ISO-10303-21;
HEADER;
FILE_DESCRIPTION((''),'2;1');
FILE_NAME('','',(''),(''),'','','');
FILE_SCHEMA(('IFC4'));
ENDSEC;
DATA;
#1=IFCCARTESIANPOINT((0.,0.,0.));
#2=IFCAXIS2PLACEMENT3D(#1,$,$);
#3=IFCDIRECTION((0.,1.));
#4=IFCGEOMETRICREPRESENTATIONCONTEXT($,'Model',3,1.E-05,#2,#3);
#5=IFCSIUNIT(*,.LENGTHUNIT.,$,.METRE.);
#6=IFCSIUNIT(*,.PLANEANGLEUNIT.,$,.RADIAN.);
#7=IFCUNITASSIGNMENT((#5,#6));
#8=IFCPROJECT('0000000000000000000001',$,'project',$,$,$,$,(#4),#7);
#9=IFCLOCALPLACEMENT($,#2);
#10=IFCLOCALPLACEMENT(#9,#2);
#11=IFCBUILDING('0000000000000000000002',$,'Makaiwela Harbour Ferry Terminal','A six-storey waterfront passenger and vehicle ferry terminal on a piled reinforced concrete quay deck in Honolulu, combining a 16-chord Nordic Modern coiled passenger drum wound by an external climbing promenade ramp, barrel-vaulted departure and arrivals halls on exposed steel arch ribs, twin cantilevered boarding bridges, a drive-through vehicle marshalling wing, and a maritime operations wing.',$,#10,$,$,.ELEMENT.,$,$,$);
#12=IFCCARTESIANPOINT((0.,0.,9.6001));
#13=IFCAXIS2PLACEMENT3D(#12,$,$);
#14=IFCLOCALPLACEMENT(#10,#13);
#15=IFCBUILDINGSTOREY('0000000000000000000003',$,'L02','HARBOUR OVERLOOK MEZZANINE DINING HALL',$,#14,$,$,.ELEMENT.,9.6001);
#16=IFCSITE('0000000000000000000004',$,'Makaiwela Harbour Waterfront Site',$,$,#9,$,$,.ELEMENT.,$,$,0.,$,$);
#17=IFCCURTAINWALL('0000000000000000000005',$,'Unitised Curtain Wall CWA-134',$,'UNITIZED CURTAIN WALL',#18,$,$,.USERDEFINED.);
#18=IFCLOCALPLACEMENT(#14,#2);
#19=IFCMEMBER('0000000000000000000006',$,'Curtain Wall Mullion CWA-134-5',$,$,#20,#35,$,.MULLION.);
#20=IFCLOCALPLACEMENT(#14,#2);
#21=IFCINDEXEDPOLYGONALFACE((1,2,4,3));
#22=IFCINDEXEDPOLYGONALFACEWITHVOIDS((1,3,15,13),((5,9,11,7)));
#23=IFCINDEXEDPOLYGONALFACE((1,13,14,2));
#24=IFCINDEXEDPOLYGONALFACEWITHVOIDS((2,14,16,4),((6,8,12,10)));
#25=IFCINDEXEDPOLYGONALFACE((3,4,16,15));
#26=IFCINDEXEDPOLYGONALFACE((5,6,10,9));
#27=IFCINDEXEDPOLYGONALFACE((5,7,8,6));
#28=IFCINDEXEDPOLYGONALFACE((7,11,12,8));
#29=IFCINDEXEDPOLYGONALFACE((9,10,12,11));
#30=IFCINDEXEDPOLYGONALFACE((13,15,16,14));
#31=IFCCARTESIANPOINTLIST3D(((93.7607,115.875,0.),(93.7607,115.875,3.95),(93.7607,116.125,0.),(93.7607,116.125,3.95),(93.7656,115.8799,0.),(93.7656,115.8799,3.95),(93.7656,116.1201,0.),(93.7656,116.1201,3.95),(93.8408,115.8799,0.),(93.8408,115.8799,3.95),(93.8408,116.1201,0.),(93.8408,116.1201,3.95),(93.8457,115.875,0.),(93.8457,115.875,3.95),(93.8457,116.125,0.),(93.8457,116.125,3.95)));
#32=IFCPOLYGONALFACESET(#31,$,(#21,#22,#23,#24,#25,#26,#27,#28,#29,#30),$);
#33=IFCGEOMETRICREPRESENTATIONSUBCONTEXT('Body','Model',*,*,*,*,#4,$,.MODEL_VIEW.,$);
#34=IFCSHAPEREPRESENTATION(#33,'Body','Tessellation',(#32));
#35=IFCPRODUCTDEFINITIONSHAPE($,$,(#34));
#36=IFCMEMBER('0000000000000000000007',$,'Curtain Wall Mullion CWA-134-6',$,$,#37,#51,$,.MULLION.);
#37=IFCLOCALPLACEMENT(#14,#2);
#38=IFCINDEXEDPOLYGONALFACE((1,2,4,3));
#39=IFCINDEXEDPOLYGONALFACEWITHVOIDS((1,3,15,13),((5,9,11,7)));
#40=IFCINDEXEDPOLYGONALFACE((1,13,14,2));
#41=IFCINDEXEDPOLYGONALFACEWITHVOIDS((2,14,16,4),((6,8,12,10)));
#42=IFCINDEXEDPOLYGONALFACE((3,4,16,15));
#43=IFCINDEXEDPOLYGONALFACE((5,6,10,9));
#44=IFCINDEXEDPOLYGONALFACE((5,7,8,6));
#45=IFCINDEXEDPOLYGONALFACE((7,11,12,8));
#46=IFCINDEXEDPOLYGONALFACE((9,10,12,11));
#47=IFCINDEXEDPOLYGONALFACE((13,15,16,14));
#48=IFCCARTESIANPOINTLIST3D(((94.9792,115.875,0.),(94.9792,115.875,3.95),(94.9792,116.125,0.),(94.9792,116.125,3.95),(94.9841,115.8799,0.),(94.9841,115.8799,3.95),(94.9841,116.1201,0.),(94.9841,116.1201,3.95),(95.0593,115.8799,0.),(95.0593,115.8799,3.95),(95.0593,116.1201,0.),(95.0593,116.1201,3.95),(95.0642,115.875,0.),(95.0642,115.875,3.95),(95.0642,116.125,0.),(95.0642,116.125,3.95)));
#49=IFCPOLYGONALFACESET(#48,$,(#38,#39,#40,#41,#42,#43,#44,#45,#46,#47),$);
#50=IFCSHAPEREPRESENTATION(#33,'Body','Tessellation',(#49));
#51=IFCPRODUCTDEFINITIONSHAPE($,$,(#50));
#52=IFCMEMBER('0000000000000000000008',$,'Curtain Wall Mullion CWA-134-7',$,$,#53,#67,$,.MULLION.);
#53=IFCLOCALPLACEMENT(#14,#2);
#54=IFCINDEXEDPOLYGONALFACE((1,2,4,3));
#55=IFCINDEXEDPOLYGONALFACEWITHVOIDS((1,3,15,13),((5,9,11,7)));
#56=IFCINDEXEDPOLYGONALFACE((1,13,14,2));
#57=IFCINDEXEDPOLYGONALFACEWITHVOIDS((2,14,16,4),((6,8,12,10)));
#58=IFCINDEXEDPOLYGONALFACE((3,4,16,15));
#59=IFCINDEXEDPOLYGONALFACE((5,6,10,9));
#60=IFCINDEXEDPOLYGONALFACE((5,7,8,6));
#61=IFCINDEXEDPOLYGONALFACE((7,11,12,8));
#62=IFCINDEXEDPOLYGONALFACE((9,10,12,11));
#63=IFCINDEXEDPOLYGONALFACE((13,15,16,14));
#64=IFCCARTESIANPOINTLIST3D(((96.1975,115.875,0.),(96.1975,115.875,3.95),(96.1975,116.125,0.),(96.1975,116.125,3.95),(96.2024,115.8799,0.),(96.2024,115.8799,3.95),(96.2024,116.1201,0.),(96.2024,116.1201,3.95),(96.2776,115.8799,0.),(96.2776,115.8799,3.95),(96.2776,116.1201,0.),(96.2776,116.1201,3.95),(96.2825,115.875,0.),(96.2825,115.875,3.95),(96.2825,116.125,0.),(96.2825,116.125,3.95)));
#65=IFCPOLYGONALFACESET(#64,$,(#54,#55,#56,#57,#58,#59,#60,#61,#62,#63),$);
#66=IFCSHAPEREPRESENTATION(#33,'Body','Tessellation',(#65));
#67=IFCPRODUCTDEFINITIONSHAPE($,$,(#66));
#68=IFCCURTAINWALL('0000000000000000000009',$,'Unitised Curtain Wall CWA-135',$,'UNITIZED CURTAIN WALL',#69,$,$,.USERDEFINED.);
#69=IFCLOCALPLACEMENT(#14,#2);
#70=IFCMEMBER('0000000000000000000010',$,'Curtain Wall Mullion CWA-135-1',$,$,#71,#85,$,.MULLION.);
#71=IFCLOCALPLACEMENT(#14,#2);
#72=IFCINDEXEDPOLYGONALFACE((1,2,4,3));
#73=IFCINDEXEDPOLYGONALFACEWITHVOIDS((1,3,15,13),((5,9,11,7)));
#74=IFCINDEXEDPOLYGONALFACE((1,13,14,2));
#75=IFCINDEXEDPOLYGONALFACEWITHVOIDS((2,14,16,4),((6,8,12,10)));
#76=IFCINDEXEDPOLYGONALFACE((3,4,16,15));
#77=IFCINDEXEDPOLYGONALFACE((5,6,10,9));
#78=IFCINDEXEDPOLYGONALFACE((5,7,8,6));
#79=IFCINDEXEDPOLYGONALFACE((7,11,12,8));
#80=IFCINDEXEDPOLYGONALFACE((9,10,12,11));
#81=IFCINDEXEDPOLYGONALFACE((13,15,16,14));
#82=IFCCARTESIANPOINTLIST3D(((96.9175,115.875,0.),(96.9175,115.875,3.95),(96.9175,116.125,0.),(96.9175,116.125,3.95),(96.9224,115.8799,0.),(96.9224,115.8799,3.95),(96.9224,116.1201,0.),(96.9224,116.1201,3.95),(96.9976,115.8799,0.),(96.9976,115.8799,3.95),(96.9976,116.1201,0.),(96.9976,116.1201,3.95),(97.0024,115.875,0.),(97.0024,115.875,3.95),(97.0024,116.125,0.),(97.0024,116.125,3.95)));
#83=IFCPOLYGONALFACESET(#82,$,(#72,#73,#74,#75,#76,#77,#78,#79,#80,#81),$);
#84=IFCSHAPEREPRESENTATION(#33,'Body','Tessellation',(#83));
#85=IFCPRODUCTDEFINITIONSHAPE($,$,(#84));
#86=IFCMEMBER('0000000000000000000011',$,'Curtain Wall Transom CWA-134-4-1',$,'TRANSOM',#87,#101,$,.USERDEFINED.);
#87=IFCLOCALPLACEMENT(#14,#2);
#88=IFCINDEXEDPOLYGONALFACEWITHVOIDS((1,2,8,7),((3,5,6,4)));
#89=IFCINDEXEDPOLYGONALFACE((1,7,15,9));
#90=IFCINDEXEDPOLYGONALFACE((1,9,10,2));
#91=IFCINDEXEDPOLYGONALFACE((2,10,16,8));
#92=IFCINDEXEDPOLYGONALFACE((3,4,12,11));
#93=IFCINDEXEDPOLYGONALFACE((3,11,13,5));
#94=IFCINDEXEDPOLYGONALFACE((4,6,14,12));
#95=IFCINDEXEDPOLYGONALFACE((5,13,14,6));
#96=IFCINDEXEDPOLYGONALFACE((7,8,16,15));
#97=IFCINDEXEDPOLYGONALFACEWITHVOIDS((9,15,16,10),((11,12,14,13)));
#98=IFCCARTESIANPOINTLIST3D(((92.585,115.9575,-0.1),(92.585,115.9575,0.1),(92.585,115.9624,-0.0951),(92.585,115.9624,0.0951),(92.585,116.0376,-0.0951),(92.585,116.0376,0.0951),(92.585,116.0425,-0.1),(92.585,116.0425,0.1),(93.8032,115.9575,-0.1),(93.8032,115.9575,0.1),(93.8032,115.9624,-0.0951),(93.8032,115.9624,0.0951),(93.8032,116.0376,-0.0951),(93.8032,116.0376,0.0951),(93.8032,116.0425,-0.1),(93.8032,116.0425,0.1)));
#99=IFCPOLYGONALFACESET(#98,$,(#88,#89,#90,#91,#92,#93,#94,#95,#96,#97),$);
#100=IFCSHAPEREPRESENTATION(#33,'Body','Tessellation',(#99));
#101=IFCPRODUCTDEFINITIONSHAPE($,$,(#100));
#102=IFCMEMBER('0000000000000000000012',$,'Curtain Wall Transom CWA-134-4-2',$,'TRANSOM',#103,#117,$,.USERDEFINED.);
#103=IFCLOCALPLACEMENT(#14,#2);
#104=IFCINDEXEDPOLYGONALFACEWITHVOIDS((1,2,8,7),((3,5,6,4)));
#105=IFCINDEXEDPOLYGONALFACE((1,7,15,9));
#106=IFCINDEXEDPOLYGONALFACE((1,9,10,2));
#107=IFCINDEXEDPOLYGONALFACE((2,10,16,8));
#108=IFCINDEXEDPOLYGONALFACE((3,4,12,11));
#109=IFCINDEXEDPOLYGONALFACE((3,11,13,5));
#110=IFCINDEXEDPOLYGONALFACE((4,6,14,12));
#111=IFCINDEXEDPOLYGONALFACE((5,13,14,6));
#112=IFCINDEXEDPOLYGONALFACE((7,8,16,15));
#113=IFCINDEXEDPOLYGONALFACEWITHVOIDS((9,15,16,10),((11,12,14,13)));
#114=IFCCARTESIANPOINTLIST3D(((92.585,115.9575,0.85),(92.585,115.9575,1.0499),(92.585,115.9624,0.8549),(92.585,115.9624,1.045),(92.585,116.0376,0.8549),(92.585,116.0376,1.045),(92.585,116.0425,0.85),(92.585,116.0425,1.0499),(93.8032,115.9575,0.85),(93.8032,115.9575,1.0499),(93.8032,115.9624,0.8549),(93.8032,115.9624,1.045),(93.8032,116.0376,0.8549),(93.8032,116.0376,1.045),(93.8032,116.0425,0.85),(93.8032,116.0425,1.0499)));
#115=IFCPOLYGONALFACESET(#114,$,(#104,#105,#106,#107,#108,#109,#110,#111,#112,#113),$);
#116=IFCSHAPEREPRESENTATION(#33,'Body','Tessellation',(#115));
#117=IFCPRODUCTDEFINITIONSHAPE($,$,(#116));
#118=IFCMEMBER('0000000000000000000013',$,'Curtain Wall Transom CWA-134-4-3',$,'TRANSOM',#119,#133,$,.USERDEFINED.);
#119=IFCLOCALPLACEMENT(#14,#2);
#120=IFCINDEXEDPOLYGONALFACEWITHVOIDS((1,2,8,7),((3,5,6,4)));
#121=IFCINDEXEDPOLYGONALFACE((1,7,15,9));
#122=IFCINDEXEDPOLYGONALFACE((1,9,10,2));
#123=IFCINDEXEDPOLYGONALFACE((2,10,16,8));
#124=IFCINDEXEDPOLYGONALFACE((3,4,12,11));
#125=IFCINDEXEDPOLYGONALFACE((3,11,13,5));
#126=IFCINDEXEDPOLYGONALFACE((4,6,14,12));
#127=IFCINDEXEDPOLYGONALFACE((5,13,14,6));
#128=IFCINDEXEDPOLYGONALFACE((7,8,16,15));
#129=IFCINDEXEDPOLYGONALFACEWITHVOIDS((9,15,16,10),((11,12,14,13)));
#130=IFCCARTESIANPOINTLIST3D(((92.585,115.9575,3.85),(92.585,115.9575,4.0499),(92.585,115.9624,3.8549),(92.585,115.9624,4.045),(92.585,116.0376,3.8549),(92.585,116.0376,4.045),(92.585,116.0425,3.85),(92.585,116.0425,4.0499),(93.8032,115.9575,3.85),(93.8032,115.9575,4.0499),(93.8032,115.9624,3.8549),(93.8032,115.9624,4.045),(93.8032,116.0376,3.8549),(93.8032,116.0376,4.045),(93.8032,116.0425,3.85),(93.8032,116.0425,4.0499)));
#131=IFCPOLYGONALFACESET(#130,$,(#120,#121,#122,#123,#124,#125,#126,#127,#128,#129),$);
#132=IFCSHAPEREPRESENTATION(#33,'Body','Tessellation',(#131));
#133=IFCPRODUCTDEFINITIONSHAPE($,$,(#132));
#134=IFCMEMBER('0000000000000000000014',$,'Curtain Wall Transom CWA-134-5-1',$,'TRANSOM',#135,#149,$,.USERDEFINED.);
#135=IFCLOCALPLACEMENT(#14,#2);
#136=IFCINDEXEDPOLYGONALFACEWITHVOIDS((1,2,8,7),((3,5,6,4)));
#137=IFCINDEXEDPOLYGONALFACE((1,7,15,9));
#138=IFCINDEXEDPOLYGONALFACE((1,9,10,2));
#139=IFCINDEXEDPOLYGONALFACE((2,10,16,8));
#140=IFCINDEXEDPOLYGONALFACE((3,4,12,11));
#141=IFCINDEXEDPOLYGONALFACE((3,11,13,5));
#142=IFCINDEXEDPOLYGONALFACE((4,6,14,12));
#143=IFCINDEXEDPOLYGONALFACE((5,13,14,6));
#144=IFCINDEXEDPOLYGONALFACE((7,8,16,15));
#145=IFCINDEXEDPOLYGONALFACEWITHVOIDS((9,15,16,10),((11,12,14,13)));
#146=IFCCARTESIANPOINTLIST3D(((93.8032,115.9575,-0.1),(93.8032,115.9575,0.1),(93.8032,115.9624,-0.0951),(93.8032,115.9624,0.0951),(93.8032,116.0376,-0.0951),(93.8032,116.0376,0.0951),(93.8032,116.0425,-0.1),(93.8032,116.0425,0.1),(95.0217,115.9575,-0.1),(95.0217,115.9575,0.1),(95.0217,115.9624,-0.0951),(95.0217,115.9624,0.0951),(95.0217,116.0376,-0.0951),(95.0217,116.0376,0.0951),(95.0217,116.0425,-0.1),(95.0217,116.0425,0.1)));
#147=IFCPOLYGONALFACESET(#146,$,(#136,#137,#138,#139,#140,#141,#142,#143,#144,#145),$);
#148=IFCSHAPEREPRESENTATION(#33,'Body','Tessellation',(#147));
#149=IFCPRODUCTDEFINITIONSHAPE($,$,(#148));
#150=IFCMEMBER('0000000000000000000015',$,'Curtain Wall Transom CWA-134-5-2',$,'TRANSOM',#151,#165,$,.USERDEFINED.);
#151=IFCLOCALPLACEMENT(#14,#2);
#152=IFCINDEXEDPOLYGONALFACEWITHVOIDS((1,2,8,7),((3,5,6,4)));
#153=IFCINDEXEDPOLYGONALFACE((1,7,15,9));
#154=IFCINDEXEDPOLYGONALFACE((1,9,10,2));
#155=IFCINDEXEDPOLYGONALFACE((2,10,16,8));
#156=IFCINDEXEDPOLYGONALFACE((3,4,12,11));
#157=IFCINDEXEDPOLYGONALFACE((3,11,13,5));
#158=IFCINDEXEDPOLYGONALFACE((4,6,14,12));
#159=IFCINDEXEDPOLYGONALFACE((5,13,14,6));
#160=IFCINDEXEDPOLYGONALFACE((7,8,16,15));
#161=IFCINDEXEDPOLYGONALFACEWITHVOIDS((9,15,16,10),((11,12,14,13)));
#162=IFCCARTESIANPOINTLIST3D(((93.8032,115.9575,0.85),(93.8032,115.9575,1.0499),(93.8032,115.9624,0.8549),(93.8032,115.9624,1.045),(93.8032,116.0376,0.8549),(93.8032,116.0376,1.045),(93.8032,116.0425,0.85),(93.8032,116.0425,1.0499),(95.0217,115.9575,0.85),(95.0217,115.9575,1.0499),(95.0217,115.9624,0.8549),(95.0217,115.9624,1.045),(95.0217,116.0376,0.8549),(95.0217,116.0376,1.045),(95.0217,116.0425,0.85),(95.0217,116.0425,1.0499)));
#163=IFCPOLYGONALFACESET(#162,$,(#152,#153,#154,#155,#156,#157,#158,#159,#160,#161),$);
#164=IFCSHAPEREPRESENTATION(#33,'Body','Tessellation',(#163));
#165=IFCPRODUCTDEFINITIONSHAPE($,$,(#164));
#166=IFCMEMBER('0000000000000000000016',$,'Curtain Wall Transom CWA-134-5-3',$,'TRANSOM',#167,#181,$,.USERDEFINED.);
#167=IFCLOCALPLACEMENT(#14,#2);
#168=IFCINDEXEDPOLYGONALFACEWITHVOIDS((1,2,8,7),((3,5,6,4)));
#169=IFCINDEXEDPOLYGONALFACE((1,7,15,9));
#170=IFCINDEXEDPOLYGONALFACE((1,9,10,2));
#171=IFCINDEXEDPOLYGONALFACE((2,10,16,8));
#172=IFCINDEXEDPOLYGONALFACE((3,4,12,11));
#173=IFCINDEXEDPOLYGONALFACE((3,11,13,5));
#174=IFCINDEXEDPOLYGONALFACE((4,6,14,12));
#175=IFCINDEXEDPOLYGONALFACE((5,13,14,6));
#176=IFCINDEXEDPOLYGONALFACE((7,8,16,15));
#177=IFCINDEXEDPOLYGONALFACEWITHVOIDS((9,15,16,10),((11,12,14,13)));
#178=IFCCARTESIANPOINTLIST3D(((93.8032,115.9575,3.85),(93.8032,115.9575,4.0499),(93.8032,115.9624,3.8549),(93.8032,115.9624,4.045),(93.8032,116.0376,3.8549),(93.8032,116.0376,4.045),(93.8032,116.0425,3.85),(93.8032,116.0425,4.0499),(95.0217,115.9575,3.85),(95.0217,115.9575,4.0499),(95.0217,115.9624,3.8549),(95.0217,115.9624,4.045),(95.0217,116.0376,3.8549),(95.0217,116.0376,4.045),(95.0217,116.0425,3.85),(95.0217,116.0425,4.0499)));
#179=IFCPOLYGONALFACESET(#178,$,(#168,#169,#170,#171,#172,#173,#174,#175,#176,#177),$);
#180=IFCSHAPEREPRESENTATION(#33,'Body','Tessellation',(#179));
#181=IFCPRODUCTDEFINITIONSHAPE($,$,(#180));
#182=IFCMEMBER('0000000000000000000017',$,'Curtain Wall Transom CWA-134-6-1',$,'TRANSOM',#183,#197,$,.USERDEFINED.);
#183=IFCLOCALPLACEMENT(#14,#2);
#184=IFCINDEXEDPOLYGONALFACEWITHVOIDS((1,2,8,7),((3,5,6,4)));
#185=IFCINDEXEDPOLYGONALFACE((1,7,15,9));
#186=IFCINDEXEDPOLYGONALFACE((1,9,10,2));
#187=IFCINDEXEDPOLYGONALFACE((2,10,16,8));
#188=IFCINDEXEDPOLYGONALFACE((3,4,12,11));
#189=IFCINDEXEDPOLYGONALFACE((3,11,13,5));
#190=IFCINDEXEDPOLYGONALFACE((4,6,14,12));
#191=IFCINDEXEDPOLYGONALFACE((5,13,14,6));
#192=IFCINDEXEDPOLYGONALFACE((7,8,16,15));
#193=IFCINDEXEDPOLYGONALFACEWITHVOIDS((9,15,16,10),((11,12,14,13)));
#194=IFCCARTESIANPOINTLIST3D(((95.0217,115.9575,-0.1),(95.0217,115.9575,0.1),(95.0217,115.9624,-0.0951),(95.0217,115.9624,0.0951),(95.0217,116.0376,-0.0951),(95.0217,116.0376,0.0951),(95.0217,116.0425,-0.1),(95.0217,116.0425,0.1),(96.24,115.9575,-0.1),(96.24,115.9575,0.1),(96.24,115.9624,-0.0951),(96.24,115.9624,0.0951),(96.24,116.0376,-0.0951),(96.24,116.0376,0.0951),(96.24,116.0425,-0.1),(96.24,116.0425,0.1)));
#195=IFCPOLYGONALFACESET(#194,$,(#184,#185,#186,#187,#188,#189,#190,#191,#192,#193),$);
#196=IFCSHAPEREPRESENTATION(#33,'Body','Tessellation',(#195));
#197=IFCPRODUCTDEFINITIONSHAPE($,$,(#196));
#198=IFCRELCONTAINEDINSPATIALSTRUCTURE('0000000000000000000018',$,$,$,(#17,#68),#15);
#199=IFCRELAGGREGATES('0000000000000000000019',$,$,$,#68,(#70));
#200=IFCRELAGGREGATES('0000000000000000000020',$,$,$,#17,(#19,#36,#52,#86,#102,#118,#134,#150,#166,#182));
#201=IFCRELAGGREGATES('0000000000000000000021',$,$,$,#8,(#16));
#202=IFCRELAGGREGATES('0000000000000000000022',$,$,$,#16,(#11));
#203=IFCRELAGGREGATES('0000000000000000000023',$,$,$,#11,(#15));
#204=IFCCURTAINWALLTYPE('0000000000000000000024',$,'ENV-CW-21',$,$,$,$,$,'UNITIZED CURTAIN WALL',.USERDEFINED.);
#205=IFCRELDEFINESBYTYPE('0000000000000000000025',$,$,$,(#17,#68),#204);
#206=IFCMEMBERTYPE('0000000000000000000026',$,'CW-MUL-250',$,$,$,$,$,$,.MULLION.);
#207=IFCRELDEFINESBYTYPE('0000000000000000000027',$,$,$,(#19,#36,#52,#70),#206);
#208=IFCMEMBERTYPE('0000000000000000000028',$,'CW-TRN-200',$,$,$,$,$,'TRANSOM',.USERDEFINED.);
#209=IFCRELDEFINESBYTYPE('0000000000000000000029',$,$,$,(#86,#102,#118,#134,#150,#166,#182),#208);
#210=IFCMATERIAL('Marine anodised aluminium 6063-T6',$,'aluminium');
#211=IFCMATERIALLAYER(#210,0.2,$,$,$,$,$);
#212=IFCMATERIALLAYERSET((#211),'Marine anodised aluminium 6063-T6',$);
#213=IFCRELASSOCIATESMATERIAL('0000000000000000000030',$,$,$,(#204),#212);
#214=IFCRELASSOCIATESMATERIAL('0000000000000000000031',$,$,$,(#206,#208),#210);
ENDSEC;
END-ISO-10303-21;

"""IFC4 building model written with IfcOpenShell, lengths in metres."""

from ifc_helpers import new_model, si_unit, direction, frame, origin, origin_2d, place, context, subcontext, project, spatial, hollow_rectangle, extrude, material, layer, layer_set, material_profile, profile_set, type_object, element, aggregate, save


model = new_model("IFC4")

# Units and contexts
model_context = context("Model", 3, precision=1e-05, world=origin(), true_north=direction((0.0, 1.0)))
body_context = subcontext(model_context, "Body", "Model", "MODEL_VIEW")
ifc_project = project(units=[si_unit("LENGTHUNIT", "METRE"), si_unit("PLANEANGLEUNIT", "RADIAN")], contexts=[model_context])

# Site, building, storey
site_placement = place(None, origin())
site = spatial("IfcSite", under=ifc_project, at=site_placement, Name="Makaiwela Harbour Waterfront Site", CompositionType="ELEMENT", RefElevation=0.0)
building_placement = place(site_placement, origin())
building = spatial("IfcBuilding", under=site, at=building_placement, Name="Makaiwela Harbour Ferry Terminal", Description="A six-storey waterfront passenger and vehicle ferry terminal on a piled reinforced concrete quay deck in Honolulu, combining a 16-chord Nordic Modern coiled passenger drum wound by an external climbing promenade ramp, barrel-vaulted departure and arrivals halls on exposed steel arch ribs, twin cantilevered boarding bridges, a drive-through vehicle marshalling wing, and a maritime operations wing.", CompositionType="ELEMENT")
storey_placement = place(building_placement, frame((0.0, 0.0, 9.6001)))
storey = spatial("IfcBuildingStorey", under=building, at=storey_placement, Name="L02", Description="HARBOUR OVERLOOK MEZZANINE DINING HALL", CompositionType="ELEMENT", Elevation=9.6001)

# Curtain wall, members
ifc_material_1 = material(Name="Marine anodised aluminium 6063-T6", Category="aluminium")
ifc_layer_1 = layer(ifc_material_1, 0.2)
ifc_layer_set_1 = layer_set([ifc_layer_1], Name="Marine anodised aluminium 6063-T6")
curtain_wall_type = type_object("IfcCurtainWallType", Name="ENV-CW-21", ElementType="UNITIZED CURTAIN WALL", PredefinedType="USERDEFINED", material=ifc_layer_set_1)
curtain_wall_1_placement = place(storey_placement, origin())
curtain_wall_1 = element("IfcCurtainWall", 1, at=curtain_wall_1_placement, inside=storey, type_object=curtain_wall_type, Name="Unitised Curtain Wall CWA-134", ObjectType="UNITIZED CURTAIN WALL", PredefinedType="USERDEFINED")
ifc_material_profile_1 = material_profile(ifc_material_1, hollow_rectangle(XDim=0.085, YDim=0.25, WallThickness=0.0049, at=origin_2d()), Name="CWM-250X85")
ifc_profile_set_1 = profile_set([ifc_material_profile_1], Name="Marine anodised aluminium 6063-T6")
member_type_1 = type_object("IfcMemberType", Name="CW-MUL-250", PredefinedType="MULLION", material=ifc_profile_set_1)
member_1_placement = place(storey_placement, frame((93.8032, 116.0, 0.0), z_axis=(0.0, 0.0, 1.0), x_axis=(1.0, 0.0, 0.0)))
member_1 = element("IfcMember", 2, at=member_1_placement, type_object=member_type_1, Name="Curtain Wall Mullion CWA-134-5", PredefinedType="MULLION", context=body_context, shape_type="SweptSolid", body=[
    extrude(hollow_rectangle(XDim=0.085, YDim=0.25, WallThickness=0.0049, at=origin_2d()), origin(), (0.0, 0.0, 1.0), 3.95),
])
member_2_placement = place(storey_placement, frame((95.0217, 116.0, 0.0), z_axis=(0.0, 0.0, 1.0), x_axis=(1.0, 0.0, 0.0)))
member_2 = element("IfcMember", 3, at=member_2_placement, type_object=member_type_1, Name="Curtain Wall Mullion CWA-134-6", PredefinedType="MULLION", context=body_context, shape_type="SweptSolid", body=[
    extrude(hollow_rectangle(XDim=0.085, YDim=0.25, WallThickness=0.0049, at=origin_2d()), origin(), (0.0, 0.0, 1.0), 3.95),
])
member_3_placement = place(storey_placement, frame((96.24, 116.0, 0.0), z_axis=(0.0, 0.0, 1.0), x_axis=(1.0, 0.0, 0.0)))
member_3 = element("IfcMember", 4, at=member_3_placement, type_object=member_type_1, Name="Curtain Wall Mullion CWA-134-7", PredefinedType="MULLION", context=body_context, shape_type="SweptSolid", body=[
    extrude(hollow_rectangle(XDim=0.085, YDim=0.25, WallThickness=0.0049, at=origin_2d()), origin(), (0.0, 0.0, 1.0), 3.95),
])

# Curtain wall, member
curtain_wall_2_placement = place(storey_placement, origin())
curtain_wall_2 = element("IfcCurtainWall", 5, at=curtain_wall_2_placement, inside=storey, type_object=curtain_wall_type, Name="Unitised Curtain Wall CWA-135", ObjectType="UNITIZED CURTAIN WALL", PredefinedType="USERDEFINED")
member_4_placement = place(storey_placement, frame((96.96, 116.0, 0.0), z_axis=(0.0, 0.0, 1.0), x_axis=(1.0, 0.0, 0.0)))
member_4 = element("IfcMember", 6, at=member_4_placement, type_object=member_type_1, Name="Curtain Wall Mullion CWA-135-1", PredefinedType="MULLION", context=body_context, shape_type="SweptSolid", body=[
    extrude(hollow_rectangle(XDim=0.085, YDim=0.25, WallThickness=0.0049, at=origin_2d()), origin(), (0.0, 0.0, 1.0), 3.95),
])

# Members
ifc_material_profile_2 = material_profile(ifc_material_1, hollow_rectangle(XDim=0.085, YDim=0.2, WallThickness=0.0049, at=origin_2d()), Name="CWT-200X85")
ifc_profile_set_2 = profile_set([ifc_material_profile_2], Name="Marine anodised aluminium 6063-T6")
member_type_2 = type_object("IfcMemberType", Name="CW-TRN-200", ElementType="TRANSOM", PredefinedType="USERDEFINED", material=ifc_profile_set_2)
member_5_placement = place(storey_placement, frame((92.585, 116.0, 0.0), z_axis=(1.0, 0.0, 0.0), x_axis=(0.0, 1.0, 0.0)))
member_5 = element("IfcMember", 7, at=member_5_placement, type_object=member_type_2, Name="Curtain Wall Transom CWA-134-4-1", ObjectType="TRANSOM", PredefinedType="USERDEFINED", context=body_context, shape_type="SweptSolid", body=[
    extrude(hollow_rectangle(XDim=0.085, YDim=0.2, WallThickness=0.0049, at=origin_2d()), origin(), (0.0, 0.0, 1.0), 1.2183),
])
member_6_placement = place(storey_placement, frame((92.585, 116.0, 0.95), z_axis=(1.0, 0.0, 0.0), x_axis=(0.0, 1.0, 0.0)))
member_6 = element("IfcMember", 8, at=member_6_placement, type_object=member_type_2, Name="Curtain Wall Transom CWA-134-4-2", ObjectType="TRANSOM", PredefinedType="USERDEFINED", context=body_context, shape_type="SweptSolid", body=[
    extrude(hollow_rectangle(XDim=0.085, YDim=0.2, WallThickness=0.0049, at=origin_2d()), origin(), (0.0, 0.0, 1.0), 1.2183),
])
member_7_placement = place(storey_placement, frame((92.585, 116.0, 3.95), z_axis=(1.0, 0.0, 0.0), x_axis=(0.0, 1.0, 0.0)))
member_7 = element("IfcMember", 9, at=member_7_placement, type_object=member_type_2, Name="Curtain Wall Transom CWA-134-4-3", ObjectType="TRANSOM", PredefinedType="USERDEFINED", context=body_context, shape_type="SweptSolid", body=[
    extrude(hollow_rectangle(XDim=0.085, YDim=0.2, WallThickness=0.0049, at=origin_2d()), origin(), (0.0, 0.0, 1.0), 1.2183),
])
member_8_placement = place(storey_placement, frame((93.8032, 116.0, 0.0), z_axis=(1.0, 0.0, 0.0), x_axis=(0.0, 1.0, 0.0)))
member_8 = element("IfcMember", 10, at=member_8_placement, type_object=member_type_2, Name="Curtain Wall Transom CWA-134-5-1", ObjectType="TRANSOM", PredefinedType="USERDEFINED", context=body_context, shape_type="SweptSolid", body=[
    extrude(hollow_rectangle(XDim=0.085, YDim=0.2, WallThickness=0.0049, at=origin_2d()), origin(), (0.0, 0.0, 1.0), 1.2185),
])
member_9_placement = place(storey_placement, frame((93.8032, 116.0, 0.95), z_axis=(1.0, 0.0, 0.0), x_axis=(0.0, 1.0, 0.0)))
member_9 = element("IfcMember", 11, at=member_9_placement, type_object=member_type_2, Name="Curtain Wall Transom CWA-134-5-2", ObjectType="TRANSOM", PredefinedType="USERDEFINED", context=body_context, shape_type="SweptSolid", body=[
    extrude(hollow_rectangle(XDim=0.085, YDim=0.2, WallThickness=0.0049, at=origin_2d()), origin(), (0.0, 0.0, 1.0), 1.2185),
])
member_10_placement = place(storey_placement, frame((93.8032, 116.0, 3.95), z_axis=(1.0, 0.0, 0.0), x_axis=(0.0, 1.0, 0.0)))
member_10 = element("IfcMember", 12, at=member_10_placement, type_object=member_type_2, Name="Curtain Wall Transom CWA-134-5-3", ObjectType="TRANSOM", PredefinedType="USERDEFINED", context=body_context, shape_type="SweptSolid", body=[
    extrude(hollow_rectangle(XDim=0.085, YDim=0.2, WallThickness=0.0049, at=origin_2d()), origin(), (0.0, 0.0, 1.0), 1.2185),
])
member_11_placement = place(storey_placement, frame((95.0217, 116.0, 0.0), z_axis=(1.0, 0.0, 0.0), x_axis=(0.0, 1.0, 0.0)))
member_11 = element("IfcMember", 13, at=member_11_placement, type_object=member_type_2, Name="Curtain Wall Transom CWA-134-6-1", ObjectType="TRANSOM", PredefinedType="USERDEFINED", context=body_context, shape_type="SweptSolid", body=[
    extrude(hollow_rectangle(XDim=0.085, YDim=0.2, WallThickness=0.0049, at=origin_2d()), origin(), (0.0, 0.0, 1.0), 1.2183),
])
aggregate(curtain_wall_2, [member_4])

aggregate(curtain_wall_1, [member_1, member_2, member_3, member_5, member_6, member_7, member_8, member_9, member_10, member_11])

save(model, "model.ifc")
